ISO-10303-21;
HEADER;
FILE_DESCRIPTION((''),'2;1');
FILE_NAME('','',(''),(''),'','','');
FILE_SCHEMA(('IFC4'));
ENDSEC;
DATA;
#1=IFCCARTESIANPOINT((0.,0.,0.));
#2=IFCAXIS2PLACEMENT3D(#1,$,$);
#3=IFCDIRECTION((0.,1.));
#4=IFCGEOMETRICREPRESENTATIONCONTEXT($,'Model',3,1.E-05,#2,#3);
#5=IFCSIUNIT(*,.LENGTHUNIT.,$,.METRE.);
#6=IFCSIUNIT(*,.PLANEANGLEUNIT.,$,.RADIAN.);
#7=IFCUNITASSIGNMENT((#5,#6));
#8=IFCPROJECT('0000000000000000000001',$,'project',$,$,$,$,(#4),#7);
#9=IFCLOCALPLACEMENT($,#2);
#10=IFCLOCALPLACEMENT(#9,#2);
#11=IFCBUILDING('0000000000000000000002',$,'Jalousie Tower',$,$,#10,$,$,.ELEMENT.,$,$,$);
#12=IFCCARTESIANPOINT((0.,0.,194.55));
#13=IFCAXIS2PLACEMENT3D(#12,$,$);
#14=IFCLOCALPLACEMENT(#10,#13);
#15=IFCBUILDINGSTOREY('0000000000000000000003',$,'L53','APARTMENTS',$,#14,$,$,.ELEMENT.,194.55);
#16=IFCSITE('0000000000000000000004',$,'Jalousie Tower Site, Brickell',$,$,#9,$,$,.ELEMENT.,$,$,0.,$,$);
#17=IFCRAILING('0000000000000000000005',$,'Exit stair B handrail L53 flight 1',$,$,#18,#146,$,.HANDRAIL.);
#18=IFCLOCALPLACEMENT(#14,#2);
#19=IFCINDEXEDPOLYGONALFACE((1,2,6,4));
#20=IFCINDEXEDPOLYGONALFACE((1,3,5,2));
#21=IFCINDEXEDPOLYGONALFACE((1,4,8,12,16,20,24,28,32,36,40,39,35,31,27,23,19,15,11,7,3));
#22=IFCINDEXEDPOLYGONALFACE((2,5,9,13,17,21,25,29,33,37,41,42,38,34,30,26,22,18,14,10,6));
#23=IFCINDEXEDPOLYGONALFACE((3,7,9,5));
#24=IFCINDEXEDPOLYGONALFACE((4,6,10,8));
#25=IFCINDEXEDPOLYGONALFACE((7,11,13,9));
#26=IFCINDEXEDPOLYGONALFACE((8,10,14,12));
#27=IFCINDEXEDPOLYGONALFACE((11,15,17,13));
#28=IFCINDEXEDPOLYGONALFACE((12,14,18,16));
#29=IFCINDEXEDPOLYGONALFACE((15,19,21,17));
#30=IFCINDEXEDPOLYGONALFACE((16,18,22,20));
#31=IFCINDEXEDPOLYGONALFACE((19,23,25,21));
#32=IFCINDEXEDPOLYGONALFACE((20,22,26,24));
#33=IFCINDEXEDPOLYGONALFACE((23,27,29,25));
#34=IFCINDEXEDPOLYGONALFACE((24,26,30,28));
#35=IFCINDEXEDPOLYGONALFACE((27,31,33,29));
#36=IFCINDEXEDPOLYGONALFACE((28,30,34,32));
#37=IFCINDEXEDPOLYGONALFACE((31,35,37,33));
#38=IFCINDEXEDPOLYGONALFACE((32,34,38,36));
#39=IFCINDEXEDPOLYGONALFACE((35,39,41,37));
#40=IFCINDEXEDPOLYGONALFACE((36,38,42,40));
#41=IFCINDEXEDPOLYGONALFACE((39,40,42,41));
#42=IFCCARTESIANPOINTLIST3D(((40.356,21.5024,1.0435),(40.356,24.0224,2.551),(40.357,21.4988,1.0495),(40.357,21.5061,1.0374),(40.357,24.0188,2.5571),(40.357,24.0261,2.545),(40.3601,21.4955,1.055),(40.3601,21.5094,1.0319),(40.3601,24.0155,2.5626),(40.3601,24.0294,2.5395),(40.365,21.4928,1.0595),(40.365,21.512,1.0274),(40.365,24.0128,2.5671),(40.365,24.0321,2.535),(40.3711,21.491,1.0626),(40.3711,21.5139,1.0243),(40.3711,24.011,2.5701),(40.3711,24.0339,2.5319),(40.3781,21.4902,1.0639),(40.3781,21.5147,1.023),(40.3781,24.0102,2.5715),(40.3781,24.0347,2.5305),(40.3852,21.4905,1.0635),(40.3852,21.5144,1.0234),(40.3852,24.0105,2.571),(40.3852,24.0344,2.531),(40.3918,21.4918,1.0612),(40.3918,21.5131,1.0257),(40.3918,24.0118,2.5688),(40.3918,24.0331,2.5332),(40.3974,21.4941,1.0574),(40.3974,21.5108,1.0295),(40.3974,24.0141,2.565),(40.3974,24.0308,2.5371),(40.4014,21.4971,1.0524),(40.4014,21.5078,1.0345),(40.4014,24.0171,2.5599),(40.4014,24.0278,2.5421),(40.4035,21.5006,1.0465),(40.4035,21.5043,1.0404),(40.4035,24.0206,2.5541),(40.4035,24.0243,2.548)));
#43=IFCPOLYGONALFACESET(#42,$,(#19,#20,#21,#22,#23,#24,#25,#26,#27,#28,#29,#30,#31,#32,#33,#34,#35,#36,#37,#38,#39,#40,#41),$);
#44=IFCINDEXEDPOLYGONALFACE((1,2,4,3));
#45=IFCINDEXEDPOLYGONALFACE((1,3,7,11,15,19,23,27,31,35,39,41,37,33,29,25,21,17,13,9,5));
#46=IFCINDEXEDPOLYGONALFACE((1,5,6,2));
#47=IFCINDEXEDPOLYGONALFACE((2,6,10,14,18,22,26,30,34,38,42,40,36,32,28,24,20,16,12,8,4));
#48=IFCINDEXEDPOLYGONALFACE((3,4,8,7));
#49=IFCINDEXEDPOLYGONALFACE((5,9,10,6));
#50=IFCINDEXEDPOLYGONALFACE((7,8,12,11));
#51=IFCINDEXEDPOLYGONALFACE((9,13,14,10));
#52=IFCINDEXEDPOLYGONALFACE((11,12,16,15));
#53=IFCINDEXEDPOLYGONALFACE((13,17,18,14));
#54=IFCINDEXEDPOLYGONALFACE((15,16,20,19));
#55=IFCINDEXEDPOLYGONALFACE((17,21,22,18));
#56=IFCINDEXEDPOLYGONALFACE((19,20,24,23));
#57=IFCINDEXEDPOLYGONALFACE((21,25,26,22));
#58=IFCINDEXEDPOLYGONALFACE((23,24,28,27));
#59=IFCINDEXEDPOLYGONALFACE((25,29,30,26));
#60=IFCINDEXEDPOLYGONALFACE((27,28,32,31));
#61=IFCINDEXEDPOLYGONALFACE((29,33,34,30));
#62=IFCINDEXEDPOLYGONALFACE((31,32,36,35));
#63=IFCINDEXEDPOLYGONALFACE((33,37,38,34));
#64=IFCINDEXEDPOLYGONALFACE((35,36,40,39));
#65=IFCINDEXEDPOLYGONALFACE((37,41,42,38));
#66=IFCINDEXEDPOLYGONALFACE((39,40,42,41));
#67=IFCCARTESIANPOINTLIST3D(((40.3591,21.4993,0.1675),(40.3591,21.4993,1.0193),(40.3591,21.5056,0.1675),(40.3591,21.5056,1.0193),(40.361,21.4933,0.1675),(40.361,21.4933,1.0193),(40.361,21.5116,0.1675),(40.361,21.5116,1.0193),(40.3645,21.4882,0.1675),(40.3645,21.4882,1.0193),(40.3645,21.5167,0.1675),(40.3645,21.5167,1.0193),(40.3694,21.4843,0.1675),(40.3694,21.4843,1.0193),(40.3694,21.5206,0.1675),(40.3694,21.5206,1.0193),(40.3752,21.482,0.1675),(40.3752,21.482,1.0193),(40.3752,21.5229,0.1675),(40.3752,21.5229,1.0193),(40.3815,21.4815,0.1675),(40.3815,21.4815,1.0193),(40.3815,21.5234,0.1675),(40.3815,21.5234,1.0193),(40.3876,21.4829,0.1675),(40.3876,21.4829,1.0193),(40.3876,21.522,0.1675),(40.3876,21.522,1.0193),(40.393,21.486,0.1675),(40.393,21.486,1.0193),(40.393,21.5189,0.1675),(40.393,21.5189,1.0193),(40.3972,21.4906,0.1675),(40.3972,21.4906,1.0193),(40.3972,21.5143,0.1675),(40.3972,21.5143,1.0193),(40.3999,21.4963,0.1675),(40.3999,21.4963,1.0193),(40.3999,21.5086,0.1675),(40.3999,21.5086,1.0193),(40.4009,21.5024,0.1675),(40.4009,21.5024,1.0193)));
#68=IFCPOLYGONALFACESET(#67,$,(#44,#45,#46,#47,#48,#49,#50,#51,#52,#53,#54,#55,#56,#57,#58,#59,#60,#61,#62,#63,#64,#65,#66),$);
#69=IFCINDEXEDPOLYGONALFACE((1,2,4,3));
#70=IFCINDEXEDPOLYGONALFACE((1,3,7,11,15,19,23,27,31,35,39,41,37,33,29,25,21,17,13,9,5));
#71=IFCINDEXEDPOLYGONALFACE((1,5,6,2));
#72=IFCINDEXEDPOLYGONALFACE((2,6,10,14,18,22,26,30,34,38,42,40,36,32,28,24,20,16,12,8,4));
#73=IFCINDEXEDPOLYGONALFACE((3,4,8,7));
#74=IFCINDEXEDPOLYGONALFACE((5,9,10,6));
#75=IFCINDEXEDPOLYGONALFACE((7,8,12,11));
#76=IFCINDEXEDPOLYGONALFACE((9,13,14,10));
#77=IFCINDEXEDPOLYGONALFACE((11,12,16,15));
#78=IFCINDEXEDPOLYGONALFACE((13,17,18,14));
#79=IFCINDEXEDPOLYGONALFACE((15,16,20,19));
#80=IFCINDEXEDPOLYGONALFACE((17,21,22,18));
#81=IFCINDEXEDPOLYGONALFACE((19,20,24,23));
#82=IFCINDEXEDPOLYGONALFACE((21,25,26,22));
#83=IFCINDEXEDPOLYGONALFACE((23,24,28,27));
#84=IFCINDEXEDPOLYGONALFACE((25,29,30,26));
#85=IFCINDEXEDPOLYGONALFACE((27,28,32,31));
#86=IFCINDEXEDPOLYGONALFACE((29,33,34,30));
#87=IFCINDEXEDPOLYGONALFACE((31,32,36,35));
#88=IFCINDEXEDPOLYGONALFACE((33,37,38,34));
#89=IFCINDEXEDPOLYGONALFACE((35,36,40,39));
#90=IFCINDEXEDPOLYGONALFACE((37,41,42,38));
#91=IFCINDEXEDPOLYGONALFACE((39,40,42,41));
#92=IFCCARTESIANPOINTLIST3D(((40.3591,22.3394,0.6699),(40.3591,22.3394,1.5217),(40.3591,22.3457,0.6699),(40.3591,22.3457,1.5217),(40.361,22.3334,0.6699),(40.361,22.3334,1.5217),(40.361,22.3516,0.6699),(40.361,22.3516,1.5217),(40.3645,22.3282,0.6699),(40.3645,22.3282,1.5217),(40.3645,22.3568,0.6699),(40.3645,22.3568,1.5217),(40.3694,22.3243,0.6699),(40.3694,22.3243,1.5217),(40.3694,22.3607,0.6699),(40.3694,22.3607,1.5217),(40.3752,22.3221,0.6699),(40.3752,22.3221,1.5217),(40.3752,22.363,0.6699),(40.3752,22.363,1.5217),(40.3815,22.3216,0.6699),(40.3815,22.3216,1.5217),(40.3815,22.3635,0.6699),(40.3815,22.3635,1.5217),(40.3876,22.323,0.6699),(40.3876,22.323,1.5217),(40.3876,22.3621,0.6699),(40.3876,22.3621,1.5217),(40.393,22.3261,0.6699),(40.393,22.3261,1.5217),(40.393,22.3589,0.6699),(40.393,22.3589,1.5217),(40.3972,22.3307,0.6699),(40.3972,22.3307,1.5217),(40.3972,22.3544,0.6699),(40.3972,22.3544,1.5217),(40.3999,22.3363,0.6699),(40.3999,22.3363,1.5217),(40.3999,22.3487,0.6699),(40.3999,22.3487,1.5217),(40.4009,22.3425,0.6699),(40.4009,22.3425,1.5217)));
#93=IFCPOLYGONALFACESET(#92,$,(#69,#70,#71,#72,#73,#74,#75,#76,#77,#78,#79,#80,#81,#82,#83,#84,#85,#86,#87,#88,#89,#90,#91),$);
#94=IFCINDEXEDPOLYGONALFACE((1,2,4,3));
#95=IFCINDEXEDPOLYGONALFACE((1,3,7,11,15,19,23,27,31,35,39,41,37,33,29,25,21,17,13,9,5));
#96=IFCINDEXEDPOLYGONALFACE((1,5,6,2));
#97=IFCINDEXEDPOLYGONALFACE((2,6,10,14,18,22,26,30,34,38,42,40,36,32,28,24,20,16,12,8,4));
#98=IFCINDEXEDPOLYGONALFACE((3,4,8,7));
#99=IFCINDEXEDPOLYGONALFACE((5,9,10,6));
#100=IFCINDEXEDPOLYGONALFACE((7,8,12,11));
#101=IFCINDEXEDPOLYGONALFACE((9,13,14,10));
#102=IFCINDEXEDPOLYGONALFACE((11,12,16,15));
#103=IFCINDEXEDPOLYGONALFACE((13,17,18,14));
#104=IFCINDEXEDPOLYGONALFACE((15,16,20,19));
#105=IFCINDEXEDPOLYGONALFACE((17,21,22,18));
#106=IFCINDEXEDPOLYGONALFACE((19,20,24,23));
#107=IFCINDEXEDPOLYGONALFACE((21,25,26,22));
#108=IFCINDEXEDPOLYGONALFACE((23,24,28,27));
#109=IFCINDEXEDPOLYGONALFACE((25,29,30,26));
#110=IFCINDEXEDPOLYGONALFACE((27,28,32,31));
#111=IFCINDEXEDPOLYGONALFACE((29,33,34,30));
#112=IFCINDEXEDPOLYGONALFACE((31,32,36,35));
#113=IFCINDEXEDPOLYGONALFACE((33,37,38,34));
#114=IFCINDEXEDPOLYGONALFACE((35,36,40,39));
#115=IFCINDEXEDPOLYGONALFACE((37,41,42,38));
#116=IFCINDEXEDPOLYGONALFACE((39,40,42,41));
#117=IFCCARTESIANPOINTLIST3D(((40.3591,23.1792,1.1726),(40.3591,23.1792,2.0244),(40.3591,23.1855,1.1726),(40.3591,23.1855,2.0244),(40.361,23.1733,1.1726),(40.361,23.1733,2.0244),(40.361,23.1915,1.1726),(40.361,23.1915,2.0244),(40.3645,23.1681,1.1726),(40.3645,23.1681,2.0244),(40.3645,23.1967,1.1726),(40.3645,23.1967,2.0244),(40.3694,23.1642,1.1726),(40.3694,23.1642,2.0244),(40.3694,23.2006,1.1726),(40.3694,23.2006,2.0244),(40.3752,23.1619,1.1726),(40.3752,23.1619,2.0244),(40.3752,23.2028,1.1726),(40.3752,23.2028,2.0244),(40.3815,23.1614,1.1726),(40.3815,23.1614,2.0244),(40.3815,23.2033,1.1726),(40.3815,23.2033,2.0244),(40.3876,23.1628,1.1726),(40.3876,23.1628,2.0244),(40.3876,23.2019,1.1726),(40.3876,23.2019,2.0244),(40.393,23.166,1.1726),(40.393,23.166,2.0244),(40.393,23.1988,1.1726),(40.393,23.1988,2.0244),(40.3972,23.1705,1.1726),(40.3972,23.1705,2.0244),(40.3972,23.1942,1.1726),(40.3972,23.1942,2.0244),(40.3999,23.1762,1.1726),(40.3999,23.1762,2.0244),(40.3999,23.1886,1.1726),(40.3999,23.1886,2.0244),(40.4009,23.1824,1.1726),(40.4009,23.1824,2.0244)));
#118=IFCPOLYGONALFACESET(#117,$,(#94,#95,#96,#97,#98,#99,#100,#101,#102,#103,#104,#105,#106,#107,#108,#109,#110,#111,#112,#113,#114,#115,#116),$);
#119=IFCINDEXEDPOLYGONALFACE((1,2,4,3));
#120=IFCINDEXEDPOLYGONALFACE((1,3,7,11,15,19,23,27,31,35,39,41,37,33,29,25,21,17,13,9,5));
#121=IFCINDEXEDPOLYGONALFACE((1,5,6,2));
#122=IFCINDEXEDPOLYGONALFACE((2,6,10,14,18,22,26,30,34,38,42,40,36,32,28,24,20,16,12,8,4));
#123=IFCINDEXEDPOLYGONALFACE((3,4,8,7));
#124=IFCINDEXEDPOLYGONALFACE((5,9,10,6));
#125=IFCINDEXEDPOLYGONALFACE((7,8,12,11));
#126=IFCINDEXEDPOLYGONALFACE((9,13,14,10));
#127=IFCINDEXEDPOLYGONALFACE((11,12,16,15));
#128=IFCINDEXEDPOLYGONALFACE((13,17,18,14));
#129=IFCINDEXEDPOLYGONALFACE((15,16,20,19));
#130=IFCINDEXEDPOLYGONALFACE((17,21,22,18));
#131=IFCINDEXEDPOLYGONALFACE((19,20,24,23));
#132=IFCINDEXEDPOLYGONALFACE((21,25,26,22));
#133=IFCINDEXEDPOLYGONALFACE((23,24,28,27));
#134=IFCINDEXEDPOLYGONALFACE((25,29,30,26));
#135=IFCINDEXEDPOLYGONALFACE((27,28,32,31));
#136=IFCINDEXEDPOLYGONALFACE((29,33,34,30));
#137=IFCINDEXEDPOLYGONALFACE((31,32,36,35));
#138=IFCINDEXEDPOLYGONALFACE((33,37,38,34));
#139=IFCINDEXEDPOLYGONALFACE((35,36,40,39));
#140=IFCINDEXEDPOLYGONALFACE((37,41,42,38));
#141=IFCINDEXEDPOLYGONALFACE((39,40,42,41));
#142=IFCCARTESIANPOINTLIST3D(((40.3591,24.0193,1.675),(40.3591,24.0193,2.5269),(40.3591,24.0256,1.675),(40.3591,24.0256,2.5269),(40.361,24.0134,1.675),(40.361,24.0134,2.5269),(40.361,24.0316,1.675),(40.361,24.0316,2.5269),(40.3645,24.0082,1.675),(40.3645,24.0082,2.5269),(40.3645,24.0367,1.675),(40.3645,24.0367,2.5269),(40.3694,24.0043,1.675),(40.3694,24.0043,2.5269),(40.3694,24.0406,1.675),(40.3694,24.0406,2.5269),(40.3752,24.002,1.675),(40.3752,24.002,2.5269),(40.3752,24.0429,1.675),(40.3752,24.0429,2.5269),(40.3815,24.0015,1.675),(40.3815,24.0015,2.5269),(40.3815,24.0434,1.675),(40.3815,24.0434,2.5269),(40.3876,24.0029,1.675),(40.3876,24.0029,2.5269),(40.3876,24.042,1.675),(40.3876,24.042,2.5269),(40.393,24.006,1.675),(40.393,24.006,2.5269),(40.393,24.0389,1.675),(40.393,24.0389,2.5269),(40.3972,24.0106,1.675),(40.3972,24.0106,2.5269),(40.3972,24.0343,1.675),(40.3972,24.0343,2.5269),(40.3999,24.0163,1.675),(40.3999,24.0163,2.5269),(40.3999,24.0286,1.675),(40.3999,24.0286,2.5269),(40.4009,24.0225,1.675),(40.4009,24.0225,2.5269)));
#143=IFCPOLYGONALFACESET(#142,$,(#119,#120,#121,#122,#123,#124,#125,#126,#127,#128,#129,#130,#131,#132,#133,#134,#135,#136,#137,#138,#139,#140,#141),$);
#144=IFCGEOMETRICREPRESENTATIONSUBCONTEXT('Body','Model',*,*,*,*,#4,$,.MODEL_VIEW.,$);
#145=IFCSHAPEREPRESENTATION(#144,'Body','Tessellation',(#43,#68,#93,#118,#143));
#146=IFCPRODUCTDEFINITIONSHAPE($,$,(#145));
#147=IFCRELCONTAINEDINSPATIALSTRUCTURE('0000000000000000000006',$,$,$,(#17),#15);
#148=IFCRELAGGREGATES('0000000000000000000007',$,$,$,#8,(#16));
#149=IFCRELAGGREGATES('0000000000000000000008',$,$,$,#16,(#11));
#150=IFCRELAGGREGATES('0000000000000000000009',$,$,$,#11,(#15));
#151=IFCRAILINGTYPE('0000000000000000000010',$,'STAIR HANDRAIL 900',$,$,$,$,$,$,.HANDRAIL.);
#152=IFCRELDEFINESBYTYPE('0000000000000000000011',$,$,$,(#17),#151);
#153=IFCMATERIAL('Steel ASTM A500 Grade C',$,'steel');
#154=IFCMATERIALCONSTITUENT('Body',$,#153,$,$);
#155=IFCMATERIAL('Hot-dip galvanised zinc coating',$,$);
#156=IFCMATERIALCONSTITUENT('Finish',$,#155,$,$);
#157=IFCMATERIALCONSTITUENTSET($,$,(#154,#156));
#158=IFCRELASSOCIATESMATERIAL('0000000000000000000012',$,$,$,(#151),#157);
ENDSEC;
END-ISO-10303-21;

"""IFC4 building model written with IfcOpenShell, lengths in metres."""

from ifc_helpers import new_model, si_unit, direction, frame, origin, origin_2d, place, context, subcontext, project, spatial, circle, extrude, material, constituent, constituent_set, type_object, element, save


model = new_model("IFC4")

# Units and contexts
model_context = context("Model", 3, precision=1e-05, world=origin(), true_north=direction((0.0, 1.0)))
body_context = subcontext(model_context, "Body", "Model", "MODEL_VIEW")
ifc_project = project(units=[si_unit("LENGTHUNIT", "METRE"), si_unit("PLANEANGLEUNIT", "RADIAN")], contexts=[model_context])

# Site, building, storey
site_placement = place(None, origin())
site = spatial("IfcSite", under=ifc_project, at=site_placement, Name="Jalousie Tower Site, Brickell", CompositionType="ELEMENT", RefElevation=0.0)
building_placement = place(site_placement, origin())
building = spatial("IfcBuilding", under=site, at=building_placement, Name="Jalousie Tower", CompositionType="ELEMENT")
storey_placement = place(building_placement, frame((0.0, 0.0, 194.55)))
storey = spatial("IfcBuildingStorey", under=building, at=storey_placement, Name="L53", Description="APARTMENTS", CompositionType="ELEMENT", Elevation=194.55)

# Railing
ifc_material_1 = material(Name="Steel ASTM A500 Grade C", Category="steel")
ifc_constituent_1 = constituent(ifc_material_1, Name="Body")
ifc_material_2 = material(Name="Hot-dip galvanised zinc coating")
ifc_constituent_2 = constituent(ifc_material_2, Name="Finish")
ifc_constituent_set_1 = constituent_set(constituents=[ifc_constituent_1, ifc_constituent_2])
railing_type_1 = type_object("IfcRailingType", Name="STAIR HANDRAIL 900", PredefinedType="HANDRAIL", material=ifc_constituent_set_1)
railing_1_placement = place(storey_placement, frame((40.3799, 21.5024, 0.1675)))
element("IfcRailing", 1, at=railing_1_placement, inside=storey, type_object=railing_type_1, Name="Exit stair B handrail L53 flight 1", PredefinedType="HANDRAIL", context=body_context, shape_type="SweptSolid", body=[
    extrude(circle(Radius=0.0239, at=origin_2d()), frame((0.0, 0.0, 0.876), z_axis=(0.0, 0.85816, 0.513383), x_axis=(-1.0, 0.0, 0.0)), (0.0, 0.0, 1.0), 2.9365),
    extrude(circle(Radius=0.021, at=origin_2d()), origin(), (0.0, 0.0, 1.0), 0.8518),
    extrude(circle(Radius=0.021, at=origin_2d()), frame((0.0, 0.8401, 0.5024)), (0.0, 0.0, 1.0), 0.8518),
    extrude(circle(Radius=0.021, at=origin_2d()), frame((0.0, 1.6799, 1.0051)), (0.0, 0.0, 1.0), 0.8518),
    extrude(circle(Radius=0.021, at=origin_2d()), frame((0.0, 2.52, 1.5076)), (0.0, 0.0, 1.0), 0.8518),
])

save(model, "model.ifc")
